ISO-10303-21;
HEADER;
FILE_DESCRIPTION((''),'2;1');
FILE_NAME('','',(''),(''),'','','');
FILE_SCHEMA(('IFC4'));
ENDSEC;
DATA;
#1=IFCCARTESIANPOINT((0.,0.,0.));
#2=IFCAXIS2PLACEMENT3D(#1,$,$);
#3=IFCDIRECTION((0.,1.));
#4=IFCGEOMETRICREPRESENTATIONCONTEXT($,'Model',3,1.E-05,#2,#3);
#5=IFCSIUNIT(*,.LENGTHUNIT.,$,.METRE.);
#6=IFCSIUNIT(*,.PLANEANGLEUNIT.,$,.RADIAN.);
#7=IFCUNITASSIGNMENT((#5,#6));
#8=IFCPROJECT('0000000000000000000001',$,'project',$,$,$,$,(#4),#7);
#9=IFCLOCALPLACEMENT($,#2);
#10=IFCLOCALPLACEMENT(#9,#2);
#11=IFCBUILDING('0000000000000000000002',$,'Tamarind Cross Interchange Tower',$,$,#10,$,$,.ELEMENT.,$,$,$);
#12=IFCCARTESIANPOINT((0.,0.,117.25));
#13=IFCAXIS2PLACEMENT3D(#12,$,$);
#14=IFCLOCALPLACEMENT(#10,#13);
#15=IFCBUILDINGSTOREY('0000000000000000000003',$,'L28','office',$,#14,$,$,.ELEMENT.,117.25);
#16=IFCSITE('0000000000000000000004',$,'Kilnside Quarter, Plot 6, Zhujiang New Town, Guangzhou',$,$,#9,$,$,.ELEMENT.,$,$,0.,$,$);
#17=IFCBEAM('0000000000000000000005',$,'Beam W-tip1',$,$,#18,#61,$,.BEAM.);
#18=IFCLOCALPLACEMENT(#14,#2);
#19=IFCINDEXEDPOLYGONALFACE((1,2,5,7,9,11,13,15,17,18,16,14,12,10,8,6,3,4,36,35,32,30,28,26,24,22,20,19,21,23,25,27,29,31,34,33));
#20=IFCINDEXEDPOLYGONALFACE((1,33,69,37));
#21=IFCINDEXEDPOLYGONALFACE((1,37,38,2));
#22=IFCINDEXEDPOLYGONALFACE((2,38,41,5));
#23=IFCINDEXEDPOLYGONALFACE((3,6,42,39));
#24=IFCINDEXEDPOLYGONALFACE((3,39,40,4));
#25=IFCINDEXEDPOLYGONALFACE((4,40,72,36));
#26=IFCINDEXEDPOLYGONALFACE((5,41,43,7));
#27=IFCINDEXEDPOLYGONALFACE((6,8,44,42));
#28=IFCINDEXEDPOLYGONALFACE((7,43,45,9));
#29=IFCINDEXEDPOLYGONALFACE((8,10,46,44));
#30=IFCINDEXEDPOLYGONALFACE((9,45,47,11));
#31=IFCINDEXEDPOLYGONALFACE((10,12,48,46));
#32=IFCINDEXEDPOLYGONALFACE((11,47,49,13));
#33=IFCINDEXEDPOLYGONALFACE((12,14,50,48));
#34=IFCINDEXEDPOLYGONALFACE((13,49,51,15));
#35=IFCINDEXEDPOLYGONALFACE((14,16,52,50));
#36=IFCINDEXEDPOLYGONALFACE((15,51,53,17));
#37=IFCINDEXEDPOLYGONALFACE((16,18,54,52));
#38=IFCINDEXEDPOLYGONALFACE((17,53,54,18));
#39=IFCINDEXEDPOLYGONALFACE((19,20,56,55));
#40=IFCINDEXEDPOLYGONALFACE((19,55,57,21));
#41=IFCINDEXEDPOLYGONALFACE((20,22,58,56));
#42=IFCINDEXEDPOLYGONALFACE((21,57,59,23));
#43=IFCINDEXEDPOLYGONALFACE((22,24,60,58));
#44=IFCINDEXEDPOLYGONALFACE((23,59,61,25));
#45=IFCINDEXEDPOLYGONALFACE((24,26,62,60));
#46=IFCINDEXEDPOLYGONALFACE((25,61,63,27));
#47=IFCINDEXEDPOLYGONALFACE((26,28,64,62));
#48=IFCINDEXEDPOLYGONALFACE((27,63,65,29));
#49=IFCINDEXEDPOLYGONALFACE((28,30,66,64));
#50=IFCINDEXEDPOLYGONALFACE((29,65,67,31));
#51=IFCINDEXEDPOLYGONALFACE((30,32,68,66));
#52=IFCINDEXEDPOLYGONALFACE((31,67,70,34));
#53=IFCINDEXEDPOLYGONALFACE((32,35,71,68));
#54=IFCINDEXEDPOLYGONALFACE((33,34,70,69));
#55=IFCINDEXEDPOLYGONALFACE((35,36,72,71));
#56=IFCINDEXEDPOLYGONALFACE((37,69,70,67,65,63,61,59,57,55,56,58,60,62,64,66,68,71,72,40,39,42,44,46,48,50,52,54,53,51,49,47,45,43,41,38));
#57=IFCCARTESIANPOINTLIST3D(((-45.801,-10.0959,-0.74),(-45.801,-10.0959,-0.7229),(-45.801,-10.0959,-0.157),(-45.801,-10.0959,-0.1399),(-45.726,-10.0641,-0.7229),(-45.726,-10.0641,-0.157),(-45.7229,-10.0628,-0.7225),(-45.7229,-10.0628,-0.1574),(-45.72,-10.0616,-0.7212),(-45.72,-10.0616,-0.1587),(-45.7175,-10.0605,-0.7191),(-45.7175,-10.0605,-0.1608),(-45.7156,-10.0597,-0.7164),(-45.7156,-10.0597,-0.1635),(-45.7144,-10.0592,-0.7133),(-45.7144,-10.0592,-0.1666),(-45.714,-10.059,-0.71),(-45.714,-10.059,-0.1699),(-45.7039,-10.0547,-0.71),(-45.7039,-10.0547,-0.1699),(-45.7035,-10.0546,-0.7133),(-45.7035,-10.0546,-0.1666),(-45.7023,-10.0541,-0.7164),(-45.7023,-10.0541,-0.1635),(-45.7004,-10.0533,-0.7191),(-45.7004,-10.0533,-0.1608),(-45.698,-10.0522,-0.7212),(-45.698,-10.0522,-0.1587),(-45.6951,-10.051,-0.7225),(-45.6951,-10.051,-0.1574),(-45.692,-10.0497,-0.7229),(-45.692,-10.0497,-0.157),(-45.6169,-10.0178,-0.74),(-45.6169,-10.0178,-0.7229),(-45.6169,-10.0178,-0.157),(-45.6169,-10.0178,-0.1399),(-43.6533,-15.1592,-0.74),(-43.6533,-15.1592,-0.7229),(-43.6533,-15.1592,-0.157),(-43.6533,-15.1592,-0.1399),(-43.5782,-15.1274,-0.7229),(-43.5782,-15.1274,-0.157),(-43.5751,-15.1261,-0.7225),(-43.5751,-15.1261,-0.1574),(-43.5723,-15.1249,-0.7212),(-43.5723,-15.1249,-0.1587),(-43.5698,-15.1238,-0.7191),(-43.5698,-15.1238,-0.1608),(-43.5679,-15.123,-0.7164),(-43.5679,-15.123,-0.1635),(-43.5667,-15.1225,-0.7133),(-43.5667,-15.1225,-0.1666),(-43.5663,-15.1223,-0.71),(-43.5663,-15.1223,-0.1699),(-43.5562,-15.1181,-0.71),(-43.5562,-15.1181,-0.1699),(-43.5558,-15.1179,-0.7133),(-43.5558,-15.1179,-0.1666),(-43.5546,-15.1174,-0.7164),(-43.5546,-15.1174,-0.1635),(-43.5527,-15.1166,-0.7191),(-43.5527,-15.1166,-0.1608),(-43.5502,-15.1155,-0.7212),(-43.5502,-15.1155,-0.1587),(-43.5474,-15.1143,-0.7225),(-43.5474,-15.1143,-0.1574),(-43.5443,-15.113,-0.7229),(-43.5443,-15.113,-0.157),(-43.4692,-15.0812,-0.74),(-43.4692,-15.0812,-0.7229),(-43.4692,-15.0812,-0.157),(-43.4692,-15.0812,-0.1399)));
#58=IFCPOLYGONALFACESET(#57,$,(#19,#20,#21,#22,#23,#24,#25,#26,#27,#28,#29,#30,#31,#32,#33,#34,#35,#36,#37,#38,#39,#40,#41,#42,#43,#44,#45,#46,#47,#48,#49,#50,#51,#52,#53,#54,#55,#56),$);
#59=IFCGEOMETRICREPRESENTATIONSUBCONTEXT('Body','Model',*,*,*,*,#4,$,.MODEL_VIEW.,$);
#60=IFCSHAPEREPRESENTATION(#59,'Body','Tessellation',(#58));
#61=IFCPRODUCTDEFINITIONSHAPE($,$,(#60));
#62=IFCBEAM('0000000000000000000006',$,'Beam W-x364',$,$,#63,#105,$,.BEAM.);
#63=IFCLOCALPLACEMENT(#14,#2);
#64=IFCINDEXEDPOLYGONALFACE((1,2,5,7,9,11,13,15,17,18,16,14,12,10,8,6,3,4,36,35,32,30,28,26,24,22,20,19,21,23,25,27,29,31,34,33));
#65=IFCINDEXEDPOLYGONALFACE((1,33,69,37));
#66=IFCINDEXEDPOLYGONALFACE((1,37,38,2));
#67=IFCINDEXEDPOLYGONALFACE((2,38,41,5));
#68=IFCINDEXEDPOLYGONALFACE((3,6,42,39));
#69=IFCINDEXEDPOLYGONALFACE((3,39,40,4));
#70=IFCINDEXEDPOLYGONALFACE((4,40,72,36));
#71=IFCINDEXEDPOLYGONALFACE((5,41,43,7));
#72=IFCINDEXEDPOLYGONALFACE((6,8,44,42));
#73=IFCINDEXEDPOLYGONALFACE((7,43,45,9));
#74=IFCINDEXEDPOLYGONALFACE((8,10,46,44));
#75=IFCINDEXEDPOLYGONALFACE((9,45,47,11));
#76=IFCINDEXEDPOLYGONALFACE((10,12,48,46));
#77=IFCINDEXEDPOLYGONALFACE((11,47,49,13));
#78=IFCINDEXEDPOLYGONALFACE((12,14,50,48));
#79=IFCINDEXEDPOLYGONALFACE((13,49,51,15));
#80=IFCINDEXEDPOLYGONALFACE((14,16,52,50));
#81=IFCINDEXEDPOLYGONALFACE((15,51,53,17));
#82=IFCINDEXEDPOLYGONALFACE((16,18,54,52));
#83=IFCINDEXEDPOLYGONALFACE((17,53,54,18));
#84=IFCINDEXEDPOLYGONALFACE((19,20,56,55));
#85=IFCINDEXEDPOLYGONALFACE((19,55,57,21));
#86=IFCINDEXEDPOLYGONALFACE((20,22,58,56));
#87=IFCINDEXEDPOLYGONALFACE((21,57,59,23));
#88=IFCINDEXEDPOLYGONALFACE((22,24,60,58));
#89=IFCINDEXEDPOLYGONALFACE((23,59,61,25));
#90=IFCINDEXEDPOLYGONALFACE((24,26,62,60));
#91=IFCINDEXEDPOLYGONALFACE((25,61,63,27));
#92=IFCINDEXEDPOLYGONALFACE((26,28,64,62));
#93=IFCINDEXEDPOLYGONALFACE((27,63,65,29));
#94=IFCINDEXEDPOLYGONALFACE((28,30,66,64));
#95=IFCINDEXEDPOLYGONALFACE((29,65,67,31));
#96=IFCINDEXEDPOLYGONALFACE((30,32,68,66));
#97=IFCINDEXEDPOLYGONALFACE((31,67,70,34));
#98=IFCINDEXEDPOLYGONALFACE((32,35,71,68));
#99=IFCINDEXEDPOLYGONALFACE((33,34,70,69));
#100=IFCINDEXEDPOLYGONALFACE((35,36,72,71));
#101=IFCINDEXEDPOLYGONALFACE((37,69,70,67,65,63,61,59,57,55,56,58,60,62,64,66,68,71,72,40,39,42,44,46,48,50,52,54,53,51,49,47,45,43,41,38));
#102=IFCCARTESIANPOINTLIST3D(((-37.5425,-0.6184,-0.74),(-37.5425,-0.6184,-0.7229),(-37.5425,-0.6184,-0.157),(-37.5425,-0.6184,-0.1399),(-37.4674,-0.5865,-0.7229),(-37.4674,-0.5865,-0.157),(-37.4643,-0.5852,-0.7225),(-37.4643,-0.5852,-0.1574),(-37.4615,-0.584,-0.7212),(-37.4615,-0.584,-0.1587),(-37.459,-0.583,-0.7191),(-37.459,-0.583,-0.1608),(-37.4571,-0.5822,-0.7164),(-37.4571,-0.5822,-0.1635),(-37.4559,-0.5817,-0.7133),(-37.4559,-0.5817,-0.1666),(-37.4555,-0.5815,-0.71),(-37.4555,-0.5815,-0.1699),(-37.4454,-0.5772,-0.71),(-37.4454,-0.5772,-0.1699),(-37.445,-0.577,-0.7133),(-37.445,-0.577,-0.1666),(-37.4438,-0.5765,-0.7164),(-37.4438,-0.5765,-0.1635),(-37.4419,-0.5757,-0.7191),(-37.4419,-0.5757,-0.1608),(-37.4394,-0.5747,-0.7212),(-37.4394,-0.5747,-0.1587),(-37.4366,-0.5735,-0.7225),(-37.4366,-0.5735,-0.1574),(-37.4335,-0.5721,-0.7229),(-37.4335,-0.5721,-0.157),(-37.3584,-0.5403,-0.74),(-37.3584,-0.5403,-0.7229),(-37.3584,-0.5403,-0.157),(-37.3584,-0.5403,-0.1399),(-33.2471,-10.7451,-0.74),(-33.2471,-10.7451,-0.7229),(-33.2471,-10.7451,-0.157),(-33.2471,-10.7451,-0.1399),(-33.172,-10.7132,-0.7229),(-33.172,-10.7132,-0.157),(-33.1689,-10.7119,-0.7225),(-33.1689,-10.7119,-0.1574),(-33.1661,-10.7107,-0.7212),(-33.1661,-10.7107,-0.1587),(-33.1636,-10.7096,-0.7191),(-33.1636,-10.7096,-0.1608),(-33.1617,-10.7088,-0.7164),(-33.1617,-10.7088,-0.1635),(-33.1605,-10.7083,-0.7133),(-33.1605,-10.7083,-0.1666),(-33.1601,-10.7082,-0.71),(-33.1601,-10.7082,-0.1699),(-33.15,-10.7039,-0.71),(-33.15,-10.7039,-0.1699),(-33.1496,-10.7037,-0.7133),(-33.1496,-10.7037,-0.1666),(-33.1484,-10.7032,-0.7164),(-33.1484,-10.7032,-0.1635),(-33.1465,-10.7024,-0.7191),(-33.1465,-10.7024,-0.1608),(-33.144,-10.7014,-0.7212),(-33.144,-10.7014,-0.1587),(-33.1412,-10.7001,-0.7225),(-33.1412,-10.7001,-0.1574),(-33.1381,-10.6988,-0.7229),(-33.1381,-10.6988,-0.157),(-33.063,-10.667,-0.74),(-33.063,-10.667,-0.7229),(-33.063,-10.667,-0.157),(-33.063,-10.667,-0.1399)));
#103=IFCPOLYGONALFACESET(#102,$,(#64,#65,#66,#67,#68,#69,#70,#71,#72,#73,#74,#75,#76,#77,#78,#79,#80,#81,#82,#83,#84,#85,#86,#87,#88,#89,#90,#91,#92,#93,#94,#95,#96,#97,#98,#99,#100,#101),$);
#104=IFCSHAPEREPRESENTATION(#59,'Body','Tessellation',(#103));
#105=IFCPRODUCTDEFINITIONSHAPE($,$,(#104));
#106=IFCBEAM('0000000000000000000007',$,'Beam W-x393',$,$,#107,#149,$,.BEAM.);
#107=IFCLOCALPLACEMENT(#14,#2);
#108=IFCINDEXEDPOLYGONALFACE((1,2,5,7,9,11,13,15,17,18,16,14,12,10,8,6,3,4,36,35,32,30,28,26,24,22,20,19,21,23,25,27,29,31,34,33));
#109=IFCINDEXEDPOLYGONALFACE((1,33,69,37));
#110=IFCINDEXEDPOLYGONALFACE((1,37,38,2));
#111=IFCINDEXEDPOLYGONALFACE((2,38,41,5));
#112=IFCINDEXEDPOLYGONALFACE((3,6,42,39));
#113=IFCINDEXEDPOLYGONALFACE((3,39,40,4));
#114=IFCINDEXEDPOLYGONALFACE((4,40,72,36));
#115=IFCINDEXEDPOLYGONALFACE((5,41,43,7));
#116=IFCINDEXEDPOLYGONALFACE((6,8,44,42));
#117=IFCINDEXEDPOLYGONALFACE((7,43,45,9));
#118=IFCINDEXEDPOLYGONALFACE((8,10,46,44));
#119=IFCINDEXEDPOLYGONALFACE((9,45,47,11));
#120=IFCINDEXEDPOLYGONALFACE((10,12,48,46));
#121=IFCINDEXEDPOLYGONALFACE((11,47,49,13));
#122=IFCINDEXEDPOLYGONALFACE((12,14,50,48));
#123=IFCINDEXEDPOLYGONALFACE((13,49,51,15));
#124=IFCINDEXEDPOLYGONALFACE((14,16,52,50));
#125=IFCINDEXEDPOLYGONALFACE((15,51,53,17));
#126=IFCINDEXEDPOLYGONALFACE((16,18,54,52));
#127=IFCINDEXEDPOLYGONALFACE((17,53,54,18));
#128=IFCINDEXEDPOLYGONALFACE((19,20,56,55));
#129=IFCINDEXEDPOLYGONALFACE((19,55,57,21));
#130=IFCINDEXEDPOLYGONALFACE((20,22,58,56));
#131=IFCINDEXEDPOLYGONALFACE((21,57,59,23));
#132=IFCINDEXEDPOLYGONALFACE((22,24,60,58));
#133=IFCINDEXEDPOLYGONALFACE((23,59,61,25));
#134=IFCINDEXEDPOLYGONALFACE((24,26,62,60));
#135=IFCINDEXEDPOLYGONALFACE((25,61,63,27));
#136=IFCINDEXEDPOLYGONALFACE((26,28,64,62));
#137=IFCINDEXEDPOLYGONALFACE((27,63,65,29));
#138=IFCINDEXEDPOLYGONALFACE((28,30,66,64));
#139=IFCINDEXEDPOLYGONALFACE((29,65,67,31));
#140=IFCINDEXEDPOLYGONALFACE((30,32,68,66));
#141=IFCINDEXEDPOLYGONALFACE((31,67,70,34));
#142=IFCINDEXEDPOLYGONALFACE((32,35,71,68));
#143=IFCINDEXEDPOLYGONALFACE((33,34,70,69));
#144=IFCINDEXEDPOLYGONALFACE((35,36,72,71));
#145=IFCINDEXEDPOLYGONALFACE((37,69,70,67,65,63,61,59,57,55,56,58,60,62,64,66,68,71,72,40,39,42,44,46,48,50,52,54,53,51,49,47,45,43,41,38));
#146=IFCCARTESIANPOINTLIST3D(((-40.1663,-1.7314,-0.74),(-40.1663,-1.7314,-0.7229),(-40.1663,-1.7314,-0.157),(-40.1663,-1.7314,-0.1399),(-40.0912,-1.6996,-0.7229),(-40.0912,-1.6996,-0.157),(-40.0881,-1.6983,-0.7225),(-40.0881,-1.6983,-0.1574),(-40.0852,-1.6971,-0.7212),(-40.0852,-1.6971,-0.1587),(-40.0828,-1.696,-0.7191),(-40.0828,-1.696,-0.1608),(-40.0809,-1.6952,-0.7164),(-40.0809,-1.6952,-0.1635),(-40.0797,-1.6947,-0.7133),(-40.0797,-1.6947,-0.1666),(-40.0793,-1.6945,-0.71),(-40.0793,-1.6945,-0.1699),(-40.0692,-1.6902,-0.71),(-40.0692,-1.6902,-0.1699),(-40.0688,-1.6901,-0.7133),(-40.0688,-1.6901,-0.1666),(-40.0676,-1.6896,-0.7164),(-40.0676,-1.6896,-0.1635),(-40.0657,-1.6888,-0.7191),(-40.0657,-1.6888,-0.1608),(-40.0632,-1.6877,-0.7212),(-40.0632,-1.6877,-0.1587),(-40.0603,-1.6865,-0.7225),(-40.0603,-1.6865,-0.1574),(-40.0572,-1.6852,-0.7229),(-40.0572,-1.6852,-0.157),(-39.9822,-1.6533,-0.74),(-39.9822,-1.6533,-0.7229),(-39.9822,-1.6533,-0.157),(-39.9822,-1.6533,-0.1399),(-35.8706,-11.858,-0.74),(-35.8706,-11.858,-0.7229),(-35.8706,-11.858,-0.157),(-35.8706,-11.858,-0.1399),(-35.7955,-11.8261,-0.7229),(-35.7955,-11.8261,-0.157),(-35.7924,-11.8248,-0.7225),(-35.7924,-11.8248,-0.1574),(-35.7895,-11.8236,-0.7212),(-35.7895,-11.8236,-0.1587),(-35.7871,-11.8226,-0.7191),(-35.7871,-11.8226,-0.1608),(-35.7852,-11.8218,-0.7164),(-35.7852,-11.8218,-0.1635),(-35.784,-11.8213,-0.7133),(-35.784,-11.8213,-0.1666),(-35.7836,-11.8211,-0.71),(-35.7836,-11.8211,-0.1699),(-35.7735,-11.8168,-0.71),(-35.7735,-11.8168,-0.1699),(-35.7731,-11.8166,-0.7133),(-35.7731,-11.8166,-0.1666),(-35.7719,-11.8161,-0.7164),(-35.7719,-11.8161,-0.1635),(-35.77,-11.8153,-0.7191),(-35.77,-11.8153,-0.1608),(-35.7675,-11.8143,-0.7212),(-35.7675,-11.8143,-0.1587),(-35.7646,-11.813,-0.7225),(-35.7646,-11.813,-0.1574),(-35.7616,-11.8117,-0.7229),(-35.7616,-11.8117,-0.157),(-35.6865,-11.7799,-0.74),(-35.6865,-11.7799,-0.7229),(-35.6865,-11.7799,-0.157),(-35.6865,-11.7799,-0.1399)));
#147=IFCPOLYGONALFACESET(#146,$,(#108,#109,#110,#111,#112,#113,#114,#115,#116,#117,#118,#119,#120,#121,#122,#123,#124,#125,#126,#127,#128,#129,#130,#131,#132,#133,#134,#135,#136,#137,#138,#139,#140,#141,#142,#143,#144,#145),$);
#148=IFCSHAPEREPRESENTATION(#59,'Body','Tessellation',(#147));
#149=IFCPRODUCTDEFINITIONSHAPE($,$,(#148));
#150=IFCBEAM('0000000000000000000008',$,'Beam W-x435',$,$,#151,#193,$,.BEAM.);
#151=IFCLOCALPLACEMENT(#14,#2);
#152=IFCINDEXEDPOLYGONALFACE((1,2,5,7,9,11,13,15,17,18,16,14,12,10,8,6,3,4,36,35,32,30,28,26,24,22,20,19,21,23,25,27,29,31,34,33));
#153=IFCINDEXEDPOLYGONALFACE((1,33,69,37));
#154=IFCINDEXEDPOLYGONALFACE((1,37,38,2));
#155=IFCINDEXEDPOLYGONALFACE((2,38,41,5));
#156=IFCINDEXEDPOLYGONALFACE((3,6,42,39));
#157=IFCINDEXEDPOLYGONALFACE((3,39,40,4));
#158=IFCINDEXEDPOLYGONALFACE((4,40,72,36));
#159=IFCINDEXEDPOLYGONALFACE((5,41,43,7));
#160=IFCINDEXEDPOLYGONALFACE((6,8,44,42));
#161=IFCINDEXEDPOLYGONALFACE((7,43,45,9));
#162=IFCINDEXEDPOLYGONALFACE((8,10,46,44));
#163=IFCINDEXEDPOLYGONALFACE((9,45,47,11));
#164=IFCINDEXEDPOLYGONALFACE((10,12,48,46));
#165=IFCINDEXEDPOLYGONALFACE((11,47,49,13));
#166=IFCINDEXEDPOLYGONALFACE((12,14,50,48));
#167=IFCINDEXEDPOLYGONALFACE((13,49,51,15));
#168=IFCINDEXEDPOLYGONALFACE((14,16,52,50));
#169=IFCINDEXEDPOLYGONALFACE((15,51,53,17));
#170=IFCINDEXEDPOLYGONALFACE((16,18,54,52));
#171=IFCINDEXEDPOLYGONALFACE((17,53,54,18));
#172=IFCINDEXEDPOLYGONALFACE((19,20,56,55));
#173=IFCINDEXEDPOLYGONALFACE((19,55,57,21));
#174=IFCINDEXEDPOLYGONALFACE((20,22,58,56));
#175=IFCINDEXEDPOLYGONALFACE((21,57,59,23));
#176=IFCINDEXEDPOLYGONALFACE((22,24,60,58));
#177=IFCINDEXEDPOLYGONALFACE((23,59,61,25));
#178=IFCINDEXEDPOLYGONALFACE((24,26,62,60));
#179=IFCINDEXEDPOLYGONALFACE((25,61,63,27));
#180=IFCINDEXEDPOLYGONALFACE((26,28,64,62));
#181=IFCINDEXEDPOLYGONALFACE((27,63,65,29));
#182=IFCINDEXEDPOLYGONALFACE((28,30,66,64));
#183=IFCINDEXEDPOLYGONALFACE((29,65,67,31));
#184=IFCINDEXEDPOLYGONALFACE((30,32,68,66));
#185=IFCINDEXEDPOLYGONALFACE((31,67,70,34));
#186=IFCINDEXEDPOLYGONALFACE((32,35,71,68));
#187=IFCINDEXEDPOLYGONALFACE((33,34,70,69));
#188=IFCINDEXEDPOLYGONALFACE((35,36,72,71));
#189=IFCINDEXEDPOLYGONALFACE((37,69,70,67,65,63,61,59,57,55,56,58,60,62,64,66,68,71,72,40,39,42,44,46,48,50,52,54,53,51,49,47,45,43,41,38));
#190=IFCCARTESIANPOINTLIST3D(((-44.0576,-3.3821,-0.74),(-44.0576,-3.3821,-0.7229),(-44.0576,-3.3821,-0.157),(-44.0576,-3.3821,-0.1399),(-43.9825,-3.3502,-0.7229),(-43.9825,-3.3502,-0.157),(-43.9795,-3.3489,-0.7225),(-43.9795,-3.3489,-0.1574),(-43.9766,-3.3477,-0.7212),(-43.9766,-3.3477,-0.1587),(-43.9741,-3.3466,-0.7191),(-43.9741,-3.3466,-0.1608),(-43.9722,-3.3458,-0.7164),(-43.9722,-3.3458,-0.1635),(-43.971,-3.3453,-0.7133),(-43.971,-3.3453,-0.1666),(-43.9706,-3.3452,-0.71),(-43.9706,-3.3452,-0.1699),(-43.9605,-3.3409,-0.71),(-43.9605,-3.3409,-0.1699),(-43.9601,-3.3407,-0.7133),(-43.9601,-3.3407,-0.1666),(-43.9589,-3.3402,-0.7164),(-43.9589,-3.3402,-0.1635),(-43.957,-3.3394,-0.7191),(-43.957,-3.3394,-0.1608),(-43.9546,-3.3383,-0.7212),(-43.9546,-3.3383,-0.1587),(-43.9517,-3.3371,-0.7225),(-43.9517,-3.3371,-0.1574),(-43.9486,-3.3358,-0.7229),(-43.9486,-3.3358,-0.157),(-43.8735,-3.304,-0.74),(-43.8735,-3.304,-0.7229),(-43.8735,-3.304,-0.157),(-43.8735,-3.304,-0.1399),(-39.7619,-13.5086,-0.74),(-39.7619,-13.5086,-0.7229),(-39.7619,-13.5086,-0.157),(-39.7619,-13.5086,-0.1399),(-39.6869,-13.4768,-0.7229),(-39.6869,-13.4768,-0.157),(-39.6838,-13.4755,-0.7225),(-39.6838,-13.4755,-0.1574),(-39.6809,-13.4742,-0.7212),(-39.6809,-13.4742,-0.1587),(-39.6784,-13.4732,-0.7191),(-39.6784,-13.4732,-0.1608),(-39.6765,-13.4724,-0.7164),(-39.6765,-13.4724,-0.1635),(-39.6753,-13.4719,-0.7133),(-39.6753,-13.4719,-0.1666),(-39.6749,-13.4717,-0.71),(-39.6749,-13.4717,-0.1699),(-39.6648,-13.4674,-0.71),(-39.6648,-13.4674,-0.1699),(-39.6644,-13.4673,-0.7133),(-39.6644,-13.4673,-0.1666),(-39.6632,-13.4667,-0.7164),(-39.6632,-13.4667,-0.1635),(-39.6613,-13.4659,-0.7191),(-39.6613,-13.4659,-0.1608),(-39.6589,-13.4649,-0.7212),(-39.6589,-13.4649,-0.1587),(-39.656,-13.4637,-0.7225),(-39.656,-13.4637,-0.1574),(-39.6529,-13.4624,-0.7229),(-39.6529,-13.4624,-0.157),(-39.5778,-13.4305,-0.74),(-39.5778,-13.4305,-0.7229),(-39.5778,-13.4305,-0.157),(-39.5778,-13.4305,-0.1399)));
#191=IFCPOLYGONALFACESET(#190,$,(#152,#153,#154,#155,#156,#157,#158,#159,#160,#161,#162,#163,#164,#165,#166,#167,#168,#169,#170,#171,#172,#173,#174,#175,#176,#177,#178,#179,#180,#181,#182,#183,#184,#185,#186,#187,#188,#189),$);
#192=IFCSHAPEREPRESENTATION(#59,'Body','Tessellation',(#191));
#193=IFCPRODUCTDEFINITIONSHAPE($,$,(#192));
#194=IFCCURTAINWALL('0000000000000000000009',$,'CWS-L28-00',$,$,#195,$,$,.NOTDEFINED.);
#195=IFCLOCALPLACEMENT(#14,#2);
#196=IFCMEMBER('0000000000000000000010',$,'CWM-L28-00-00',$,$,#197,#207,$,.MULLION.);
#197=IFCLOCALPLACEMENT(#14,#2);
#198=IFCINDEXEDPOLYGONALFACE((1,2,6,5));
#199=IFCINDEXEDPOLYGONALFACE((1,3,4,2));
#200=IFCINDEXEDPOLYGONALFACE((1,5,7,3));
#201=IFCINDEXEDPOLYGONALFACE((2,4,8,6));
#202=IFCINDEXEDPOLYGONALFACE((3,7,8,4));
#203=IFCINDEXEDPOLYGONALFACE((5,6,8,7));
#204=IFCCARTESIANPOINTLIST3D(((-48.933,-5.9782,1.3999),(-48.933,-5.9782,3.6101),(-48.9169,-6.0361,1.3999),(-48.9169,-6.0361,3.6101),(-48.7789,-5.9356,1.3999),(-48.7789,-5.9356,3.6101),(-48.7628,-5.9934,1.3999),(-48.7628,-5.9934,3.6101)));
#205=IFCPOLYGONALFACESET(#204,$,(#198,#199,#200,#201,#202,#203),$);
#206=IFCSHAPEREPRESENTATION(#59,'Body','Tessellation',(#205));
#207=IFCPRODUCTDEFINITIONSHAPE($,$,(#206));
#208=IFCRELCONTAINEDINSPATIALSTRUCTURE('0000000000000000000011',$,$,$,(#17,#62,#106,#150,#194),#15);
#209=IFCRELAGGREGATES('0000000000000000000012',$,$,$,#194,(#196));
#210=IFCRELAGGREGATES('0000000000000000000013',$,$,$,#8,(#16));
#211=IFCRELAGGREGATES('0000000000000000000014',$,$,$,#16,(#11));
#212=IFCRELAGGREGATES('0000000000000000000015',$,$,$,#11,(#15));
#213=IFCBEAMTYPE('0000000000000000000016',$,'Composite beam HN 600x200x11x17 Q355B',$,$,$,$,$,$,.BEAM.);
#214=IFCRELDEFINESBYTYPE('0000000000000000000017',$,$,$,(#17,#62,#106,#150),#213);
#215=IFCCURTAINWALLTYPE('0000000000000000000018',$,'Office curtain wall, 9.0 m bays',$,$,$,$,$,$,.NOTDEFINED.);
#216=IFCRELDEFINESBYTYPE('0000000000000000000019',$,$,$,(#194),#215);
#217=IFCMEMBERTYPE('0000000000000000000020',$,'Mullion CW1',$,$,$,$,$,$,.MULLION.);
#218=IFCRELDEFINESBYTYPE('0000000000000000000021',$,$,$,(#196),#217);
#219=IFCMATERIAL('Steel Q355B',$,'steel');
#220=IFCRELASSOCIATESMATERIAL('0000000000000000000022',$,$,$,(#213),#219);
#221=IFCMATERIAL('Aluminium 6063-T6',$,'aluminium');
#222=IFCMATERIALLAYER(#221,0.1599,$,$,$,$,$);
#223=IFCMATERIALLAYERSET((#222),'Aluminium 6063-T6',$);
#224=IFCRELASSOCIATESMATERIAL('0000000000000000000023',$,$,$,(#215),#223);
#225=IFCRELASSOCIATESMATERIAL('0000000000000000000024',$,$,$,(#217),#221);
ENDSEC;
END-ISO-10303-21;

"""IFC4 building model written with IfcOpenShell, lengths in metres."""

from ifc_helpers import new_model, si_unit, direction, frame, origin, origin_2d, place, context, subcontext, project, spatial, rectangle, i_section, extrude, material, layer, layer_set, material_profile, profile_set, type_object, element, aggregate, save


model = new_model("IFC4")

# Units and contexts
model_context = context("Model", 3, precision=1e-05, world=origin(), true_north=direction((0.0, 1.0)))
body_context = subcontext(model_context, "Body", "Model", "MODEL_VIEW")
ifc_project = project(units=[si_unit("LENGTHUNIT", "METRE"), si_unit("PLANEANGLEUNIT", "RADIAN")], contexts=[model_context])

# Site, building, storey
site_placement = place(None, origin())
site = spatial("IfcSite", under=ifc_project, at=site_placement, Name="Kilnside Quarter, Plot 6, Zhujiang New Town, Guangzhou", CompositionType="ELEMENT", RefElevation=0.0)
building_placement = place(site_placement, origin())
building = spatial("IfcBuilding", under=site, at=building_placement, Name="Tamarind Cross Interchange Tower", CompositionType="ELEMENT")
storey_placement = place(building_placement, frame((0.0, 0.0, 117.25)))
storey = spatial("IfcBuildingStorey", under=building, at=storey_placement, Name="L28", Description="office", CompositionType="ELEMENT", Elevation=117.25)

# Beams
ifc_material_1 = material(Name="Steel Q355B", Category="steel")
ifc_material_profile_1 = material_profile(ifc_material_1, i_section(OverallWidth=0.2, OverallDepth=0.6001, WebThickness=0.011, FlangeThickness=0.0171, FilletRadius=0.0129, at=origin_2d()), Name="HN 600x200x11x17")
ifc_profile_set_1 = profile_set([ifc_material_profile_1], Name="Steel Q355B")
beam_type_1 = type_object("IfcBeamType", Name="Composite beam HN 600x200x11x17 Q355B", PredefinedType="BEAM", material=ifc_profile_set_1)
for number, where, z_axis, x_axis, name in (
    (1, (-45.709, -10.0569, -0.4399), (0.390499, -0.920604, 0.0), (0.920604, 0.390499, 0.0), "Beam W-tip1"),
):
    element("IfcBeam", number, at=place(storey_placement, frame(where, z_axis=z_axis, x_axis=x_axis)), inside=storey, type_object=beam_type_1, Name=name, PredefinedType="BEAM", context=body_context, shape_type="SweptSolid", body=[
        extrude(i_section(OverallWidth=0.2, OverallDepth=0.6001, WebThickness=0.011, FlangeThickness=0.0171, FilletRadius=0.0129, at=origin_2d()), origin(), (0.0, 0.0, 1.0), 5.5),
    ])
for number, where, z_axis, x_axis, name in (
    (2, (-37.4504, -0.5793, -0.4399), (0.390491, -0.920607, 0.0), (0.920607, 0.390491, 0.0), "Beam W-x364"),
    (3, (-40.0742, -1.6924, -0.4399), (0.390517, -0.920596, 0.0), (0.920596, 0.390517, 0.0), "Beam W-x393"),
    (4, (-43.9656, -3.343, -0.4399), (0.390517, -0.920596, 0.0), (0.920596, 0.390517, 0.0), "Beam W-x435"),
):
    element("IfcBeam", number, at=place(storey_placement, frame(where, z_axis=z_axis, x_axis=x_axis)), inside=storey, type_object=beam_type_1, Name=name, PredefinedType="BEAM", context=body_context, shape_type="SweptSolid", body=[
        extrude(i_section(OverallWidth=0.2, OverallDepth=0.6001, WebThickness=0.011, FlangeThickness=0.0171, FilletRadius=0.0129, at=origin_2d()), origin(), (0.0, 0.0, 1.0), 11.0),
    ])

# Curtain wall, member
ifc_material_2 = material(Name="Aluminium 6063-T6", Category="aluminium")
ifc_layer_1 = layer(ifc_material_2, 0.1599)
ifc_layer_set_1 = layer_set([ifc_layer_1], Name="Aluminium 6063-T6")
curtain_wall_type = type_object("IfcCurtainWallType", Name="Office curtain wall, 9.0 m bays", PredefinedType="NOTDEFINED", material=ifc_layer_set_1)
curtain_wall_1_placement = place(storey_placement, origin())
curtain_wall_1 = element("IfcCurtainWall", 5, at=curtain_wall_1_placement, inside=storey, type_object=curtain_wall_type, Name="CWS-L28-00", PredefinedType="NOTDEFINED")
ifc_material_profile_2 = material_profile(ifc_material_2, rectangle(XDim=0.0601, YDim=0.1599, at=origin_2d()), Name="Mullion CW1")
ifc_profile_set_2 = profile_set([ifc_material_profile_2], Name="Aluminium 6063-T6")
member_type = type_object("IfcMemberType", Name="Mullion CW1", PredefinedType="MULLION", material=ifc_profile_set_2)
member_1_placement = place(storey_placement, frame((-48.8479, -5.9858, 1.3999), z_axis=(0.0, 0.0, 1.0), x_axis=(0.266996, -0.963698, 0.0)))
member_1 = element("IfcMember", 6, at=member_1_placement, type_object=member_type, Name="CWM-L28-00-00", PredefinedType="MULLION", context=body_context, shape_type="SweptSolid", body=[
    extrude(rectangle(XDim=0.0601, YDim=0.1599, at=origin_2d()), origin(), (0.0, 0.0, 1.0), 2.2102),
])
aggregate(curtain_wall_1, [member_1])

save(model, "model.ifc")
